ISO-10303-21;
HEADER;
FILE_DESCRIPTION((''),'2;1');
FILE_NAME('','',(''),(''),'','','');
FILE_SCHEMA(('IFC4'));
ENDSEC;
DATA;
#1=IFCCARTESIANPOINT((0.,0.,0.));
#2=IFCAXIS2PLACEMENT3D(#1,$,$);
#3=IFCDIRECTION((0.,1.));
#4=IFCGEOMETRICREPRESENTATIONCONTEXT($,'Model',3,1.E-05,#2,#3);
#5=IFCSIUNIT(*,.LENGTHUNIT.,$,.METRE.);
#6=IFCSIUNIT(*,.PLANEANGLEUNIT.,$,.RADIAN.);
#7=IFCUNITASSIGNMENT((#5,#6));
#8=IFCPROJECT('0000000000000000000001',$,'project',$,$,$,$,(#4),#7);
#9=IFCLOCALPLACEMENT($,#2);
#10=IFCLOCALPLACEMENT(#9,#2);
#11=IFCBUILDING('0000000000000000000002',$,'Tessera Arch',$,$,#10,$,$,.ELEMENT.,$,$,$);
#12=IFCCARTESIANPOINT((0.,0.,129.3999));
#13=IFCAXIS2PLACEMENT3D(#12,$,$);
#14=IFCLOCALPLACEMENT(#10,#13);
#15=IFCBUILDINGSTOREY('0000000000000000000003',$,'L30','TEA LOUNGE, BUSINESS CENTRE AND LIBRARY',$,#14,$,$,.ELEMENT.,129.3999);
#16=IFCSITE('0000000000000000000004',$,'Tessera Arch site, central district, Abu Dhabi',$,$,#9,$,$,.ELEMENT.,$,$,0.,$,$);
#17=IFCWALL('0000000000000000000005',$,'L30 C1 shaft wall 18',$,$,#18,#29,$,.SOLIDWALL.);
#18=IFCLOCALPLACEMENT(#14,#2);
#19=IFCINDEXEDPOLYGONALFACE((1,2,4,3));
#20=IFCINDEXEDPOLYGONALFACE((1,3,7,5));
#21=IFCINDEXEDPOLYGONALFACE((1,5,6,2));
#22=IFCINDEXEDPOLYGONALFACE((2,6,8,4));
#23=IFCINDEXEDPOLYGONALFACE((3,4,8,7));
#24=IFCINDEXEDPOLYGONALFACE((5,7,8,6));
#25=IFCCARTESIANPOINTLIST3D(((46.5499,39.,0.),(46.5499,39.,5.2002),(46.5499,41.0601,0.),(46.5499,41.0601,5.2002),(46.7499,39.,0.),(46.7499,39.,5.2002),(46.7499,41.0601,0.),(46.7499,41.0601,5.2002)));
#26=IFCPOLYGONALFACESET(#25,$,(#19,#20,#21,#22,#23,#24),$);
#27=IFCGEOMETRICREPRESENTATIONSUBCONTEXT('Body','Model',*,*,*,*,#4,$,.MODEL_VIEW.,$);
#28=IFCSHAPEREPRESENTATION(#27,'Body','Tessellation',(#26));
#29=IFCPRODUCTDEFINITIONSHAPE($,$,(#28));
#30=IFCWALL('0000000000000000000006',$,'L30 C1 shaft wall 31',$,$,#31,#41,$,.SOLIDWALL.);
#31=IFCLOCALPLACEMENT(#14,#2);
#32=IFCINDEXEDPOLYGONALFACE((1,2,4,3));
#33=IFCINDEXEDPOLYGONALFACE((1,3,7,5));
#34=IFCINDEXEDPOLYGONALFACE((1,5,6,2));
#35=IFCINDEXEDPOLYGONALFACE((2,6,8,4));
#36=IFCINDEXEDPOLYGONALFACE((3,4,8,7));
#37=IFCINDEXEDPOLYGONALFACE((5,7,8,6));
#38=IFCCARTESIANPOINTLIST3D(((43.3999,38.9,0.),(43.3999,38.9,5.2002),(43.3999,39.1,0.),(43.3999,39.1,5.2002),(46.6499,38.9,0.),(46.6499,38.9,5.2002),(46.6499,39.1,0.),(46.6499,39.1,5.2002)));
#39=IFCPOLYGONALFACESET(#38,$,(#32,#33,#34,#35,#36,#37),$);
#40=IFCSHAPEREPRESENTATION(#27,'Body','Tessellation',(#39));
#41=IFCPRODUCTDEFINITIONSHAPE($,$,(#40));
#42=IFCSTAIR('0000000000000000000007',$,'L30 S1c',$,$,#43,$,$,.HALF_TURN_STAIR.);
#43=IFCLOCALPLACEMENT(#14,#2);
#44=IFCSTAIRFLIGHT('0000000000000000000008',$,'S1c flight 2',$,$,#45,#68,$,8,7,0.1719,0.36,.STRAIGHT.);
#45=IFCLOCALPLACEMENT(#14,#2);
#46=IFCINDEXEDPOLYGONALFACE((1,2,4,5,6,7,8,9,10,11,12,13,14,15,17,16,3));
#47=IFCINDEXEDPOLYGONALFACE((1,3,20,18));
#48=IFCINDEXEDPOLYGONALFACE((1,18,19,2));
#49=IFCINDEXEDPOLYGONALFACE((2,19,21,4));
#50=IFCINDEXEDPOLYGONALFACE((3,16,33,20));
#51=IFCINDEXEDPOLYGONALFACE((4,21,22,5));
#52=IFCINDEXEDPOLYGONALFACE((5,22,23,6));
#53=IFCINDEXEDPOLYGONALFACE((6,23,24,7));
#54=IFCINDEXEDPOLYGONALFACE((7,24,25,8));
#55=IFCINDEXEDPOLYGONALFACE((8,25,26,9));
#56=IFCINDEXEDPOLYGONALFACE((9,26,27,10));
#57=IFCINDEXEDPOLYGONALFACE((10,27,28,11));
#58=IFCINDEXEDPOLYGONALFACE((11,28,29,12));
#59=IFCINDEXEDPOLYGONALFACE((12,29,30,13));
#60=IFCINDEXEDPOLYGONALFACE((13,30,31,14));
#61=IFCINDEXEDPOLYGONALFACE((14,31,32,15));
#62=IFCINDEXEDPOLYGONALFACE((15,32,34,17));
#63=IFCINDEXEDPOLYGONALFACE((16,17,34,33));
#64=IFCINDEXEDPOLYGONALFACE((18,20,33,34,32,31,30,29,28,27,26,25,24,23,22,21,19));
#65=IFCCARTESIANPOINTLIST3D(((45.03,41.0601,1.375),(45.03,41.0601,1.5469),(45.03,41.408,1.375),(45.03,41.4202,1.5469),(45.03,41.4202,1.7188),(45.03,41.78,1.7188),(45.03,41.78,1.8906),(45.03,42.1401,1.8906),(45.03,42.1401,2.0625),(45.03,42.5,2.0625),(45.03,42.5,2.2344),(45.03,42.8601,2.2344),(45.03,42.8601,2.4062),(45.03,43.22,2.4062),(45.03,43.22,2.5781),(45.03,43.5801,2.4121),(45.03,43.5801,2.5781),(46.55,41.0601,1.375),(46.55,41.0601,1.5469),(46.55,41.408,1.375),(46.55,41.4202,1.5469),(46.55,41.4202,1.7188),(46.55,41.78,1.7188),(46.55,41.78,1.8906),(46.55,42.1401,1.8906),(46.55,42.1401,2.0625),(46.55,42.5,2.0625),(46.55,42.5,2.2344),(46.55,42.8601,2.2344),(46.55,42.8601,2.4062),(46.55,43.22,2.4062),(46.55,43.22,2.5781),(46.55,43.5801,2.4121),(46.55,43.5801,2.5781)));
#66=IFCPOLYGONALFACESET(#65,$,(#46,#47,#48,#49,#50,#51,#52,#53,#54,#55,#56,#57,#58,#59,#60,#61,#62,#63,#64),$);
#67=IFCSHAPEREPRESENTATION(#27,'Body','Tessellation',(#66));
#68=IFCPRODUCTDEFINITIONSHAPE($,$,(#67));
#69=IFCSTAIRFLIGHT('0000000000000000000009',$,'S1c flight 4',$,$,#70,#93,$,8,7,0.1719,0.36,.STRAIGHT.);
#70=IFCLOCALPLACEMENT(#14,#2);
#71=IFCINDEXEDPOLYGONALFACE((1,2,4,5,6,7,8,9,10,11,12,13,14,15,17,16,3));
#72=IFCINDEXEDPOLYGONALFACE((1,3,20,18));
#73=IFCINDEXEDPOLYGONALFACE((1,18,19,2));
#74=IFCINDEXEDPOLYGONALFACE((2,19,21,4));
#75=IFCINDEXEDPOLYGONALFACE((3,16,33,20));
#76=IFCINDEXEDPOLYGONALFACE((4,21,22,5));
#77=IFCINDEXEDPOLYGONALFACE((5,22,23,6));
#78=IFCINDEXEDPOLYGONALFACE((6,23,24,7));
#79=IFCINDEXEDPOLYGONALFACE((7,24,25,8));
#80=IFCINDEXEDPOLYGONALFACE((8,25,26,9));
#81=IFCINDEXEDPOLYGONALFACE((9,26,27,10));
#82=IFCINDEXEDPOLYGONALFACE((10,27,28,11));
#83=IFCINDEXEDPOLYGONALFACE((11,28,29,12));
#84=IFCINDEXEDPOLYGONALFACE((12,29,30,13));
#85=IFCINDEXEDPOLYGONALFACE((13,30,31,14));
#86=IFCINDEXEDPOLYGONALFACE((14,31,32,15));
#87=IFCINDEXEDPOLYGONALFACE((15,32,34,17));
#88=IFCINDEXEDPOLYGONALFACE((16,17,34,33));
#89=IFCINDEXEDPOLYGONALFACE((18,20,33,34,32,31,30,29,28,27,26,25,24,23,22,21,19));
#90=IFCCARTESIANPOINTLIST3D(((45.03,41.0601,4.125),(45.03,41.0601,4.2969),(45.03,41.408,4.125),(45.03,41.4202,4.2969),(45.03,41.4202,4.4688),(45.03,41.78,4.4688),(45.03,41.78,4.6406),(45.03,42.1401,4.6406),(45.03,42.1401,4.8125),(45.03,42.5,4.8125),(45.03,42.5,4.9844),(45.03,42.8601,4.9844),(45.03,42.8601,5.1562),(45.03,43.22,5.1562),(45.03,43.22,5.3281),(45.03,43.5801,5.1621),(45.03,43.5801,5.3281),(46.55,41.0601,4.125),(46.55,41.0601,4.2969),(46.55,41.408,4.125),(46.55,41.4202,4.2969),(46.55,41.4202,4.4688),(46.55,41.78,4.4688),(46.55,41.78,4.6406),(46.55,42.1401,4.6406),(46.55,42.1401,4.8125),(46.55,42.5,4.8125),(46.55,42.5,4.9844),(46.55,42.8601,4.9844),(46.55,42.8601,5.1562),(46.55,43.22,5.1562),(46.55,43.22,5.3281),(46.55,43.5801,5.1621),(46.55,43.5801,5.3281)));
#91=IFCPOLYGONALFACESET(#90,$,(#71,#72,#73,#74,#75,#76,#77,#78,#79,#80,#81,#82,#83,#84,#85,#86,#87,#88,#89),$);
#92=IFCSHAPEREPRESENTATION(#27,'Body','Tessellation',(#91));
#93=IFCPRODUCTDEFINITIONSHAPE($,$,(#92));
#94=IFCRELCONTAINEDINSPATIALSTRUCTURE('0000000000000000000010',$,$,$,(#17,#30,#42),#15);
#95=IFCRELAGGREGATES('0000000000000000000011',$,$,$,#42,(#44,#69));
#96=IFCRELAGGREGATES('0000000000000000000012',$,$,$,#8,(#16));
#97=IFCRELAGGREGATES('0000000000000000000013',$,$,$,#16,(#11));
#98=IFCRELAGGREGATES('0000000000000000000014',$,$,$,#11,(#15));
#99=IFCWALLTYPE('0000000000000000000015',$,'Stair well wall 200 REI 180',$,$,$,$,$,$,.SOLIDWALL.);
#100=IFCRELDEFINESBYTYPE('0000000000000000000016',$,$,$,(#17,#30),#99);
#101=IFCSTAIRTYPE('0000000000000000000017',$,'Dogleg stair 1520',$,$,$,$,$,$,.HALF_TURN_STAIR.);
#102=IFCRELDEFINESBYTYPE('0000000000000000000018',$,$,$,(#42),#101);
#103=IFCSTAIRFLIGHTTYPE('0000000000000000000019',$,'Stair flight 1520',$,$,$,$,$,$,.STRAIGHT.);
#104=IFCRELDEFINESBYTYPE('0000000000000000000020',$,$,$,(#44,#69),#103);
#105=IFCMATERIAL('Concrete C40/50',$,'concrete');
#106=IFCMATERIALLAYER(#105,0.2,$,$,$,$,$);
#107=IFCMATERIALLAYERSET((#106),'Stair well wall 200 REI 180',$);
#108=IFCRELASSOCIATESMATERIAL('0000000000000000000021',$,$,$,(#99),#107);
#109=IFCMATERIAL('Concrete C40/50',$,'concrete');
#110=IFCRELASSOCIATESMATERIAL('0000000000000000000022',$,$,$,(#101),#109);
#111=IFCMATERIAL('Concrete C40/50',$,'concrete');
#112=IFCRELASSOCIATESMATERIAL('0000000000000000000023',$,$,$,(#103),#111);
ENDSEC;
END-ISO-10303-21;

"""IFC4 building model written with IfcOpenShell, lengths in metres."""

from ifc_helpers import new_model, si_unit, direction, frame, frame_2d, origin, place, context, subcontext, project, spatial, polyline, rectangle, outline, extrude, material, layer, layer_set, type_object, element, aggregate, save


model = new_model("IFC4")

# Units and contexts
model_context = context("Model", 3, precision=1e-05, world=origin(), true_north=direction((0.0, 1.0)))
body_context = subcontext(model_context, "Body", "Model", "MODEL_VIEW")
ifc_project = project(units=[si_unit("LENGTHUNIT", "METRE"), si_unit("PLANEANGLEUNIT", "RADIAN")], contexts=[model_context])

# Site, building, storey
site_placement = place(None, origin())
site = spatial("IfcSite", under=ifc_project, at=site_placement, Name="Tessera Arch site, central district, Abu Dhabi", CompositionType="ELEMENT", RefElevation=0.0)
building_placement = place(site_placement, origin())
building = spatial("IfcBuilding", under=site, at=building_placement, Name="Tessera Arch", CompositionType="ELEMENT")
storey_placement = place(building_placement, frame((0.0, 0.0, 129.3999)))
storey = spatial("IfcBuildingStorey", under=building, at=storey_placement, Name="L30", Description="TEA LOUNGE, BUSINESS CENTRE AND LIBRARY", CompositionType="ELEMENT", Elevation=129.3999)

# Walls
ifc_material_1 = material(Name="Concrete C40/50", Category="concrete")
ifc_layer_1 = layer(ifc_material_1, 0.2)
ifc_layer_set_1 = layer_set([ifc_layer_1], Name="Stair well wall 200 REI 180")
wall_type_1 = type_object("IfcWallType", Name="Stair well wall 200 REI 180", PredefinedType="SOLIDWALL", material=ifc_layer_set_1)
wall_1_placement = place(storey_placement, frame((46.6499, 39.0, 0.0), z_axis=(0.0, 0.0, 1.0), x_axis=(0.0, 1.0, 0.0)))
element("IfcWall", 1, at=wall_1_placement, inside=storey, type_object=wall_type_1, Name="L30 C1 shaft wall 18", PredefinedType="SOLIDWALL", context=body_context, shape_type="SweptSolid", body=[
    extrude(rectangle(XDim=2.0601, YDim=0.2, at=frame_2d((1.03, 0.0))), origin(), (0.0, 0.0, 1.0), 5.2002),
])
wall_2_placement = place(storey_placement, frame((43.3999, 39.0, 0.0), z_axis=(0.0, 0.0, 1.0), x_axis=(1.0, 0.0, 0.0)))
element("IfcWall", 2, at=wall_2_placement, inside=storey, type_object=wall_type_1, Name="L30 C1 shaft wall 31", PredefinedType="SOLIDWALL", context=body_context, shape_type="SweptSolid", body=[
    extrude(rectangle(XDim=3.25, YDim=0.2, at=frame_2d((1.625, 0.0))), origin(), (0.0, 0.0, 1.0), 5.2002),
])

# Stair, stair flights
ifc_material_2 = material(Name="Concrete C40/50", Category="concrete")
stair_type = type_object("IfcStairType", Name="Dogleg stair 1520", PredefinedType="HALF_TURN_STAIR", material=ifc_material_2)
stair_placement = place(storey_placement, origin())
stair = element("IfcStair", 3, at=stair_placement, inside=storey, type_object=stair_type, Name="L30 S1c", PredefinedType="HALF_TURN_STAIR")
ifc_material_3 = material(Name="Concrete C40/50", Category="concrete")
stair_flight_type = type_object("IfcStairFlightType", Name="Stair flight 1520", PredefinedType="STRAIGHT", material=ifc_material_3)
stair_flight_1_placement = place(storey_placement, frame((45.79, 41.0601, 1.375), z_axis=(0.0, 0.0, 1.0), x_axis=(0.0, 1.0, 0.0)))
stair_flight_1 = element("IfcStairFlight", 4, at=stair_flight_1_placement, type_object=stair_flight_type, Name="S1c flight 2", NumberOfRisers=8, NumberOfTreads=7, PredefinedType="STRAIGHT", RiserHeight=0.1719, TreadLength=0.36, context=body_context, shape_type="SweptSolid", body=[
    extrude(outline(polyline([(0.0, 0.0), (0.0, 0.1719), (0.3601, 0.1719), (0.3601, 0.3438), (0.72, 0.3438), (0.72, 0.5156), (1.0801, 0.5156), (1.0801, 0.6875), (1.4399, 0.6875), (1.4399, 0.8594), (1.8, 0.8594), (1.8, 1.0312), (2.1599, 1.0312), (2.1599, 1.2031), (2.52, 1.2031), (2.52, 1.375), (2.52, 1.0371), (0.3479, 0.0), (0.0, 0.0)])), frame((0.0, 0.76, 0.0), z_axis=(0.0, -1.0, 0.0), x_axis=(1.0, 0.0, 0.0)), (0.0, 0.0, 1.0), 1.52),
])
stair_flight_2_placement = place(storey_placement, frame((45.79, 41.0601, 4.125), z_axis=(0.0, 0.0, 1.0), x_axis=(0.0, 1.0, 0.0)))
stair_flight_2 = element("IfcStairFlight", 5, at=stair_flight_2_placement, type_object=stair_flight_type, Name="S1c flight 4", NumberOfRisers=8, NumberOfTreads=7, PredefinedType="STRAIGHT", RiserHeight=0.1719, TreadLength=0.36, context=body_context, shape_type="SweptSolid", body=[
    extrude(outline(polyline([(0.0, 0.0), (0.0, 0.1719), (0.3601, 0.1719), (0.3601, 0.3438), (0.72, 0.3438), (0.72, 0.5156), (1.0801, 0.5156), (1.0801, 0.6875), (1.4399, 0.6875), (1.4399, 0.8594), (1.8, 0.8594), (1.8, 1.0312), (2.1599, 1.0312), (2.1599, 1.2031), (2.52, 1.2031), (2.52, 1.375), (2.52, 1.0371), (0.3479, 0.0), (0.0, 0.0)])), frame((0.0, 0.76, 0.0), z_axis=(0.0, -1.0, 0.0), x_axis=(1.0, 0.0, 0.0)), (0.0, 0.0, 1.0), 1.52),
])
aggregate(stair, [stair_flight_1, stair_flight_2])

save(model, "model.ifc")
